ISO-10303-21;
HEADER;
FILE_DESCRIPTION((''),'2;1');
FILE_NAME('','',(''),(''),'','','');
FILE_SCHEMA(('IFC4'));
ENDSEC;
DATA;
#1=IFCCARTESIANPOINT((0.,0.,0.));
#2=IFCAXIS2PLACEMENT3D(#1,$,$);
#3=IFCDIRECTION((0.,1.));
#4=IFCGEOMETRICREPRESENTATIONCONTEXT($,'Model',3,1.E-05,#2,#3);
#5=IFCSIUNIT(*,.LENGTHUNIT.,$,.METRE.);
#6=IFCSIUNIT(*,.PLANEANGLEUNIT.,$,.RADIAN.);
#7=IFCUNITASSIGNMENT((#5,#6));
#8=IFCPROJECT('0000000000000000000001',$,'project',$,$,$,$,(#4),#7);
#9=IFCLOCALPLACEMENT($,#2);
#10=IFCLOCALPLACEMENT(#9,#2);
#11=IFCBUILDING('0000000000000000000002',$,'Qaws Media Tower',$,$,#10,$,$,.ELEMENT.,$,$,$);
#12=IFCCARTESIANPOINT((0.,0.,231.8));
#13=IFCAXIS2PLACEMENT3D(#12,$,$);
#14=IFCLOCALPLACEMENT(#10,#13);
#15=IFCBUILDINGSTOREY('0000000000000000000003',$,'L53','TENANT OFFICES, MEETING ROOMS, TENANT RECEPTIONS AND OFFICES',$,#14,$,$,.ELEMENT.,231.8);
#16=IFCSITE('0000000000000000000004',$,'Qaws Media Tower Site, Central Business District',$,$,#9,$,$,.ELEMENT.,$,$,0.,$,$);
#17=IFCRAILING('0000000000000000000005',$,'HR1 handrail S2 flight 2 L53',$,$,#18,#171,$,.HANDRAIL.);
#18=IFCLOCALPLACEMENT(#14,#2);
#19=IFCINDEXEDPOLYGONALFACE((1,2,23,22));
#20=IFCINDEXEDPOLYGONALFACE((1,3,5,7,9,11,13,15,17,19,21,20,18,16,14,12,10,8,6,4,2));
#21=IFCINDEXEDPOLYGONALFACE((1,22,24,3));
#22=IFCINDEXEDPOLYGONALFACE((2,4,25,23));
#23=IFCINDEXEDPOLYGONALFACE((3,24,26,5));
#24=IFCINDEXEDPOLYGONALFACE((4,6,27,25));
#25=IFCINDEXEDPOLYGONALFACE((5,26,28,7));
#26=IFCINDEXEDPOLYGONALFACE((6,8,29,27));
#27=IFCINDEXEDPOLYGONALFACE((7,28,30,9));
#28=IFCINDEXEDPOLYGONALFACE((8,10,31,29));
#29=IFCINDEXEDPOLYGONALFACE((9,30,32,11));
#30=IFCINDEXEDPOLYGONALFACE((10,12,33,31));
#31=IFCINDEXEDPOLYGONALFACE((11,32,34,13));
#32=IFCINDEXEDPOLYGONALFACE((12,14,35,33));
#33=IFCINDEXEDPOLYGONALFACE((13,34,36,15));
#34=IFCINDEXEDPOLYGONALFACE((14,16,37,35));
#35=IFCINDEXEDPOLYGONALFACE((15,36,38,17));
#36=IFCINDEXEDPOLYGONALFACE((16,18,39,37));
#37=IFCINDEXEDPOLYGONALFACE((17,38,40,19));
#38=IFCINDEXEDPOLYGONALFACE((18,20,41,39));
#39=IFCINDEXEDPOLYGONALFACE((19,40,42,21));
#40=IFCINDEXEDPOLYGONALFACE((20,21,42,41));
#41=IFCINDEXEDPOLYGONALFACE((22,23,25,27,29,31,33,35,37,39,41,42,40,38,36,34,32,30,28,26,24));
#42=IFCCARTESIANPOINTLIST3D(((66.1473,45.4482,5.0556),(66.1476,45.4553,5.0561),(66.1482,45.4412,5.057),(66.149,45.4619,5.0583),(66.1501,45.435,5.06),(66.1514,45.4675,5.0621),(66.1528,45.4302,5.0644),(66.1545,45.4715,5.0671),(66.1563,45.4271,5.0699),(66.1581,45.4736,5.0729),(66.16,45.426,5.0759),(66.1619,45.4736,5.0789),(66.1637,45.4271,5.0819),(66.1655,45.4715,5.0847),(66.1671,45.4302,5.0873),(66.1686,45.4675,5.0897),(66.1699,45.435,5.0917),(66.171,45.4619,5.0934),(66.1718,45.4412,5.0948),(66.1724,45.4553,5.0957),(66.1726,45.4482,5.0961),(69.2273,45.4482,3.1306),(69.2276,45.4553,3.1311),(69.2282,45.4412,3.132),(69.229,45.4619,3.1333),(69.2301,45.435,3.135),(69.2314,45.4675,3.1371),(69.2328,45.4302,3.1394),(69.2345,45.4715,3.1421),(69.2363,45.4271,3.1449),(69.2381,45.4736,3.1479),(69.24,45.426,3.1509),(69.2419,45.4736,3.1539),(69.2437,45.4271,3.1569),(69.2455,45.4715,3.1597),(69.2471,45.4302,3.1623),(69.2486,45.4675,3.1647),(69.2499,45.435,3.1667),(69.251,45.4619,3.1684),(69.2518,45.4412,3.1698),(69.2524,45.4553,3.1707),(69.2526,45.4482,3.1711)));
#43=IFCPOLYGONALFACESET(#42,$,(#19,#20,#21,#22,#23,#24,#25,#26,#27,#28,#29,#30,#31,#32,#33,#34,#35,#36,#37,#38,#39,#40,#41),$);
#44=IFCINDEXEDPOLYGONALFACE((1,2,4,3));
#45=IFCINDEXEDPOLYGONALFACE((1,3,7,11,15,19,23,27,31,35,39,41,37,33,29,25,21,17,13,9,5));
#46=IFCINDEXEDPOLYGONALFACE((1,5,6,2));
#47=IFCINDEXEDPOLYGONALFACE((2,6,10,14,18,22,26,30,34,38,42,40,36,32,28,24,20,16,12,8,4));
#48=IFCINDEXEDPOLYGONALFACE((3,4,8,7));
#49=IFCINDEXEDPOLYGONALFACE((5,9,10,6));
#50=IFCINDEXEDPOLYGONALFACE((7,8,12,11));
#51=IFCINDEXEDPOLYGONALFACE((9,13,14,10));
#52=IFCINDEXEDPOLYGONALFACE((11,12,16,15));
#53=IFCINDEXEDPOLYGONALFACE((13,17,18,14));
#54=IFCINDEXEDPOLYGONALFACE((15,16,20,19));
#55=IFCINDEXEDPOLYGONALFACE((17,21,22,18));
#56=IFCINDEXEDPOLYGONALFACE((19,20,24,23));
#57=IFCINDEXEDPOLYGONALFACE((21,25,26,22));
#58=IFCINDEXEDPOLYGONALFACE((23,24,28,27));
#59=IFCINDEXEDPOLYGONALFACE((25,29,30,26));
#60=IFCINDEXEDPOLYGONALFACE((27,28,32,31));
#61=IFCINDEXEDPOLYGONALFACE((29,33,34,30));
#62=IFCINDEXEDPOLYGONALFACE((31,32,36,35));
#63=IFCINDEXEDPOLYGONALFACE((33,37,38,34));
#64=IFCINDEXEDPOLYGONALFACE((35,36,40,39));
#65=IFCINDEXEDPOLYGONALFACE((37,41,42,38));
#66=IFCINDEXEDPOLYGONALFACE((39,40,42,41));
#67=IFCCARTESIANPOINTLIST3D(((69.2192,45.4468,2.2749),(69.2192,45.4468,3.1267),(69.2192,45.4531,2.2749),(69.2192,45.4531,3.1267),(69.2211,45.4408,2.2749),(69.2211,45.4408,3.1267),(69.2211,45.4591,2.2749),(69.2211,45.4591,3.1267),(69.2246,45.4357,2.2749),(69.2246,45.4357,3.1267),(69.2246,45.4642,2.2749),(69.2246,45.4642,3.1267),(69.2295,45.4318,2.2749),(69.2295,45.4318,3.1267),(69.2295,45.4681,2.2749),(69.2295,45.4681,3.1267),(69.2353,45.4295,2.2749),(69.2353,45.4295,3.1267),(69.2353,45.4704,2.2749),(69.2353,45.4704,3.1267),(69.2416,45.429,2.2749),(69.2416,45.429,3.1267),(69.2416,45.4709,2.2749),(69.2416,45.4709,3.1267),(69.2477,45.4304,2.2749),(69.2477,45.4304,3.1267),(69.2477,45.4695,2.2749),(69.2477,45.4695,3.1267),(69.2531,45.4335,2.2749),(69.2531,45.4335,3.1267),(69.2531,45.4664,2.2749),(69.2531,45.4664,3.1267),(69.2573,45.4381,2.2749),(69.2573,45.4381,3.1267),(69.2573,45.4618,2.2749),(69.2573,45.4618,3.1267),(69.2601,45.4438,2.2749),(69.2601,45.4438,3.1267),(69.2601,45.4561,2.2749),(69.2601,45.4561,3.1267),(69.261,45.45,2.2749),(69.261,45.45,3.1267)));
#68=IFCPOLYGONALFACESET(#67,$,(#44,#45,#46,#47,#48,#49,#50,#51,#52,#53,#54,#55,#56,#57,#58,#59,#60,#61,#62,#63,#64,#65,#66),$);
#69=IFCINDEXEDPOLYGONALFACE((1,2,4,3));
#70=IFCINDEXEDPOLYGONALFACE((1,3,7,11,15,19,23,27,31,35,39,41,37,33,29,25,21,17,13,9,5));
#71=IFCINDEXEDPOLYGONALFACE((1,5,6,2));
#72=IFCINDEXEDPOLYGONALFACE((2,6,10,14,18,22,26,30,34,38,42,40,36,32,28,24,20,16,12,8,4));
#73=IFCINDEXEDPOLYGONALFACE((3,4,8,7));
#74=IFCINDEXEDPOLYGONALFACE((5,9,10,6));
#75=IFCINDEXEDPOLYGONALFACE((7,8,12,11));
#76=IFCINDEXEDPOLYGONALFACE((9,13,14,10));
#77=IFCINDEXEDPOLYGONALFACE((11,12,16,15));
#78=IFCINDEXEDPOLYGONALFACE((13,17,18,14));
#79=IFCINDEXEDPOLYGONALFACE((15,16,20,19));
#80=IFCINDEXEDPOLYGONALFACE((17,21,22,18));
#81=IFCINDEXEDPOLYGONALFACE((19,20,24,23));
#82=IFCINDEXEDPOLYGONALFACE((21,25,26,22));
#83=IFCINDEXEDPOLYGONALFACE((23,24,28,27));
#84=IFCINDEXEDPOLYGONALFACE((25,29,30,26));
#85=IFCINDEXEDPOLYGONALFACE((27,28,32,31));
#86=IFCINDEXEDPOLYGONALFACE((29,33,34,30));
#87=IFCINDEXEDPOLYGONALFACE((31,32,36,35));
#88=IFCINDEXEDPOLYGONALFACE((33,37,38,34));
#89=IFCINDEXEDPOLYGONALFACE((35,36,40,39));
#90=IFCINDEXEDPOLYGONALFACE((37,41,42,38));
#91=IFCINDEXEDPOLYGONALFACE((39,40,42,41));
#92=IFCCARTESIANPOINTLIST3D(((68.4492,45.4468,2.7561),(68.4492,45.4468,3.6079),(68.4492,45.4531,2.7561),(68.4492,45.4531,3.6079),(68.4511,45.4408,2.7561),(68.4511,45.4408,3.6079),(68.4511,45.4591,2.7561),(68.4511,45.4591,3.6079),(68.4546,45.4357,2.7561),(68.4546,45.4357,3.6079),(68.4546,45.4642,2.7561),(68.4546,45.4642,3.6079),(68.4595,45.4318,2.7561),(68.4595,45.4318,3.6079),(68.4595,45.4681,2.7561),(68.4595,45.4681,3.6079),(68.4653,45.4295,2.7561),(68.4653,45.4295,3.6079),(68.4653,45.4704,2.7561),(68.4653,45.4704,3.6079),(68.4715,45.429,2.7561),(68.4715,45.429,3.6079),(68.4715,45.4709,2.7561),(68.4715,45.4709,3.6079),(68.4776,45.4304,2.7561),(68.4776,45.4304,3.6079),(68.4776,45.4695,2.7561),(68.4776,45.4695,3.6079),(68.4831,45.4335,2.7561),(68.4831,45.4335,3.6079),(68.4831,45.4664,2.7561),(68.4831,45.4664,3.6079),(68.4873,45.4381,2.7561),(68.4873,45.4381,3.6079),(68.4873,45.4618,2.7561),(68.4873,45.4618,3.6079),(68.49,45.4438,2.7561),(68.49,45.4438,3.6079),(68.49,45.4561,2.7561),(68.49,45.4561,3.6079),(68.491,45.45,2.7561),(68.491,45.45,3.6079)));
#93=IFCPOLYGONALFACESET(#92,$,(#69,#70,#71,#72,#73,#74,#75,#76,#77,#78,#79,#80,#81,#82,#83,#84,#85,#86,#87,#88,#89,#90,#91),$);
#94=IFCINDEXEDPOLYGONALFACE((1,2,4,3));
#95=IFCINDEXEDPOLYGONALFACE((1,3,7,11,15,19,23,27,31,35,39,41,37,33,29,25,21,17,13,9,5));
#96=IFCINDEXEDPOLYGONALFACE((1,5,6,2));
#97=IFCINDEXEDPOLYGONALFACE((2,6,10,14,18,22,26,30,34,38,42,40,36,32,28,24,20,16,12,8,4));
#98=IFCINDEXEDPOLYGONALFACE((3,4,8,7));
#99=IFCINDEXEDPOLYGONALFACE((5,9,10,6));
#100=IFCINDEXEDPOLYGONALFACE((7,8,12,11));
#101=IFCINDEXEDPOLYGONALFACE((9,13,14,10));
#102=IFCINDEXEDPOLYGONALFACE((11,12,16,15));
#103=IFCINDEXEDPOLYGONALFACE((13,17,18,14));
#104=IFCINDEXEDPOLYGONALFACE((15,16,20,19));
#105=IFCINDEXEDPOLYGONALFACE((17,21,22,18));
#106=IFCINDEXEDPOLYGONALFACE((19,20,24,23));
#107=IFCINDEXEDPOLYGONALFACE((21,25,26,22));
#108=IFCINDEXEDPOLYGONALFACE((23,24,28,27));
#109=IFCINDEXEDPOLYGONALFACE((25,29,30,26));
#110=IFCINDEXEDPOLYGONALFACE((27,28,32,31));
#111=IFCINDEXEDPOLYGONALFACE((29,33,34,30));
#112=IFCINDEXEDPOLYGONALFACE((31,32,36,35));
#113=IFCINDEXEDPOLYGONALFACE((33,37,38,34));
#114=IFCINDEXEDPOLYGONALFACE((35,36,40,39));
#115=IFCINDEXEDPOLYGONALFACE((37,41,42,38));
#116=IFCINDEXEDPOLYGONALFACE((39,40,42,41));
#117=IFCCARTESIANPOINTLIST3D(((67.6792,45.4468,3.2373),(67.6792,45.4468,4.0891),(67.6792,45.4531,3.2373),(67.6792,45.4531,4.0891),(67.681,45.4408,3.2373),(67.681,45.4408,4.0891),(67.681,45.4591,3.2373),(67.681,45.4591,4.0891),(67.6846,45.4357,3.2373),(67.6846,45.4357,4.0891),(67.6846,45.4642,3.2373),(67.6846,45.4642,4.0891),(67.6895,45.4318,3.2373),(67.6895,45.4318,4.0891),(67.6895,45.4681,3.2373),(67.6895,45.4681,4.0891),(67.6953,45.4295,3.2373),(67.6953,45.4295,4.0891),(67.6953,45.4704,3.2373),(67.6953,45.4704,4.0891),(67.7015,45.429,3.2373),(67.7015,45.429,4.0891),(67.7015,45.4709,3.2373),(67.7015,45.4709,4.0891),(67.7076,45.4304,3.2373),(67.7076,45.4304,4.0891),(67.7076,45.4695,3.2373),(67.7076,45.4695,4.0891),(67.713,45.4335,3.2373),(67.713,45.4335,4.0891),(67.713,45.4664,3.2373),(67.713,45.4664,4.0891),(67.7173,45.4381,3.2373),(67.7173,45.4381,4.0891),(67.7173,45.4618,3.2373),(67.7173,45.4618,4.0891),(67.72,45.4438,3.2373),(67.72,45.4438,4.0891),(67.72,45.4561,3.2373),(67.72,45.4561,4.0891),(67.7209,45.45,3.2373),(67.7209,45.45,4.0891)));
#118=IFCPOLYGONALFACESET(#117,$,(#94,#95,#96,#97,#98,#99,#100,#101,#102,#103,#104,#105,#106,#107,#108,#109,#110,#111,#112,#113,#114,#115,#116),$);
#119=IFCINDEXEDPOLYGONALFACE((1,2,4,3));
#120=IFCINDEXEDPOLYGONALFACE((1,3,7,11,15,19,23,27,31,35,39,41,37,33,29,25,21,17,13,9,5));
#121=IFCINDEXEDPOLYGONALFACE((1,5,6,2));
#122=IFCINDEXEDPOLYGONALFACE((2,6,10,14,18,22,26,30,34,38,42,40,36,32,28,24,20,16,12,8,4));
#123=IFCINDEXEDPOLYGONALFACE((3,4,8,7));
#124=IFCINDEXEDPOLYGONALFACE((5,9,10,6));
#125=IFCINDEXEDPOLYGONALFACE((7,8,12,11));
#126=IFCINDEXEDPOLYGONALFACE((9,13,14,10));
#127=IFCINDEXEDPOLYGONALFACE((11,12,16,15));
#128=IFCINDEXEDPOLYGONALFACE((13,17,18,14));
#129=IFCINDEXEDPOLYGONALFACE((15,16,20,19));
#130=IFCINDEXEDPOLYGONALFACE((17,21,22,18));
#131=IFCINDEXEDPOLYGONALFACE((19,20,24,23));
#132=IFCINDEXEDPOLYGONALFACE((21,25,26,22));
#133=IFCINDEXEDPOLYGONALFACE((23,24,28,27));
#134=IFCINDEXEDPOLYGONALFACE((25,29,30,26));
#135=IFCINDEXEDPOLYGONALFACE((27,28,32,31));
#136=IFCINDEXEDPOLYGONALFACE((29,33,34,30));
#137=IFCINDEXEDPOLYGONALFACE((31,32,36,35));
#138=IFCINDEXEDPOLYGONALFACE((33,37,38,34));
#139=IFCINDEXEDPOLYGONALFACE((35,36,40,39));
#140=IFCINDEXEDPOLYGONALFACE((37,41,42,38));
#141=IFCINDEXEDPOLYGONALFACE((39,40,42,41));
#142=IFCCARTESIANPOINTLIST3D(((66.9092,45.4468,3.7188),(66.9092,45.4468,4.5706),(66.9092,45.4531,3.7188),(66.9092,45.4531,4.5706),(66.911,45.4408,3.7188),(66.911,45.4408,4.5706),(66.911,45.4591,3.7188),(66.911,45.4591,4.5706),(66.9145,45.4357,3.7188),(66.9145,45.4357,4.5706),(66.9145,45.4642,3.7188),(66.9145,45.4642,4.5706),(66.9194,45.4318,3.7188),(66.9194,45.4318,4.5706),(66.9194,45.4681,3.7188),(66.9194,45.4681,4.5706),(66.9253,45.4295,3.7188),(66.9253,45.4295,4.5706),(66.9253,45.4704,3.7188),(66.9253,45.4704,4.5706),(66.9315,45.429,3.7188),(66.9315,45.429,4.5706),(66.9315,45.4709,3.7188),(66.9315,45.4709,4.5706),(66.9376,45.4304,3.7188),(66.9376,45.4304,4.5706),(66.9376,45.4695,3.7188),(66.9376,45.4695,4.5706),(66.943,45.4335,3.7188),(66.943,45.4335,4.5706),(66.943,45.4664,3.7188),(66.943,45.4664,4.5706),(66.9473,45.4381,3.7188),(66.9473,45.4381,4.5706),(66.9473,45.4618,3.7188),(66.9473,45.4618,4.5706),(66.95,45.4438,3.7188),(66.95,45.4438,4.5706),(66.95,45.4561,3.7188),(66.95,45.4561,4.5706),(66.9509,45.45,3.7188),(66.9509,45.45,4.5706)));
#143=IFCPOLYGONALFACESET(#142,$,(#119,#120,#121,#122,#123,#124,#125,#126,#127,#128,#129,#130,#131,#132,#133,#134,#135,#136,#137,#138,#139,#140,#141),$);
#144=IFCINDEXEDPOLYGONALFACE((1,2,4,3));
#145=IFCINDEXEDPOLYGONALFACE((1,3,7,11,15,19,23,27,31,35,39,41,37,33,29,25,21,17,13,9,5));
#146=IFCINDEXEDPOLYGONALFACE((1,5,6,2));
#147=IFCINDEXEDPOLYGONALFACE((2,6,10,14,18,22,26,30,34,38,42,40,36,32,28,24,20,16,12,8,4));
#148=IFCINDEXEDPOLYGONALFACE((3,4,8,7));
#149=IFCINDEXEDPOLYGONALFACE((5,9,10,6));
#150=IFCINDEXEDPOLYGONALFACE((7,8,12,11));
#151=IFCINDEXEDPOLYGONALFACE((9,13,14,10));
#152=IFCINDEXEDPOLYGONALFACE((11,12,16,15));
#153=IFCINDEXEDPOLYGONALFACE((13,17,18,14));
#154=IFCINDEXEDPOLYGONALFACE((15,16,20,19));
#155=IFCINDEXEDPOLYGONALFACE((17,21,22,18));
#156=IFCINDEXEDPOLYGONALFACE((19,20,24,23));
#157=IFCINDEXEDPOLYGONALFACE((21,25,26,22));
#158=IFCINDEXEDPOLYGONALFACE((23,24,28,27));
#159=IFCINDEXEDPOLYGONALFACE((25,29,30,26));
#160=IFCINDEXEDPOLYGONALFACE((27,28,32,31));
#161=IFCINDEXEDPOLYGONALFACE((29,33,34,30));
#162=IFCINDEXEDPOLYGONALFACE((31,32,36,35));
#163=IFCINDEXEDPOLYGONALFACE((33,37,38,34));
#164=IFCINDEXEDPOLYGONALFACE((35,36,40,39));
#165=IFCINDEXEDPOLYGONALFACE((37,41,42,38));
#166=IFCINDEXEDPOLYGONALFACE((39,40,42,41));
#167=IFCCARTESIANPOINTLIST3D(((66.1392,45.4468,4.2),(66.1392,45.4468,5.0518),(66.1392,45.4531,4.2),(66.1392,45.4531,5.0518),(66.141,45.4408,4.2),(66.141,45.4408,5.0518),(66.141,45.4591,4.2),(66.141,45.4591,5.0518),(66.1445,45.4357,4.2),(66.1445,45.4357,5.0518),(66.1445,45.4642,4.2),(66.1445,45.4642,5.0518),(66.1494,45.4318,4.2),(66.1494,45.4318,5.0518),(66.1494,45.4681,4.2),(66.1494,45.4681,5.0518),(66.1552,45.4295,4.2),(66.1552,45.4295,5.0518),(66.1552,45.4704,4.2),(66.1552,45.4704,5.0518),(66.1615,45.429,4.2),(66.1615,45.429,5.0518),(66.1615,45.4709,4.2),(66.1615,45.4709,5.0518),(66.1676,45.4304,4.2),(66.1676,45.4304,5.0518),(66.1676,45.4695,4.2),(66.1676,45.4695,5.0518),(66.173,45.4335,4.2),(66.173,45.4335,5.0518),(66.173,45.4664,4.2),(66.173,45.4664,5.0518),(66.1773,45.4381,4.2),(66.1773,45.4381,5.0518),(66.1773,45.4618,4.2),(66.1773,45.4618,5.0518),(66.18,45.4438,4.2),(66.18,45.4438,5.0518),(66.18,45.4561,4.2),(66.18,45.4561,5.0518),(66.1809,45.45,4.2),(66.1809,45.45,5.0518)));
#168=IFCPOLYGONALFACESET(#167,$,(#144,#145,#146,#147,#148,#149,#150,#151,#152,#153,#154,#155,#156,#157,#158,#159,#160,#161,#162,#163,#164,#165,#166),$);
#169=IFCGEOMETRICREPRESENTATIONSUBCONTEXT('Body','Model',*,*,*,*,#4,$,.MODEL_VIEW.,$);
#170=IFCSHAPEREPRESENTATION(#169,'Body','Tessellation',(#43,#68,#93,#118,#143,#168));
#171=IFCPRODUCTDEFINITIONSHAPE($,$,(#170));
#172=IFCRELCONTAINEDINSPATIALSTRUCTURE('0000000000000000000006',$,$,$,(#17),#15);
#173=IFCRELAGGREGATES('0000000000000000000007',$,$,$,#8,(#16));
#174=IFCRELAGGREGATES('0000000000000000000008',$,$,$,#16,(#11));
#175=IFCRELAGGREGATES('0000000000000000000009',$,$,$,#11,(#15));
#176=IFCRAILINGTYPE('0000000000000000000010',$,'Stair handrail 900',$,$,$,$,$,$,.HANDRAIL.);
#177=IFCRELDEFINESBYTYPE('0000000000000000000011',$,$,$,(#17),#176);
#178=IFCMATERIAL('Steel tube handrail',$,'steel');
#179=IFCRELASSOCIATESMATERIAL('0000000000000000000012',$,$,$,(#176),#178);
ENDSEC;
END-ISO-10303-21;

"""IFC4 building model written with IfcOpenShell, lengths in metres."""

from ifc_helpers import new_model, si_unit, direction, frame, origin, origin_2d, place, context, subcontext, project, spatial, circle, extrude, material, type_object, element, save


model = new_model("IFC4")

# Units and contexts
model_context = context("Model", 3, precision=1e-05, world=origin(), true_north=direction((0.0, 1.0)))
body_context = subcontext(model_context, "Body", "Model", "MODEL_VIEW")
ifc_project = project(units=[si_unit("LENGTHUNIT", "METRE"), si_unit("PLANEANGLEUNIT", "RADIAN")], contexts=[model_context])

# Site, building, storey
site_placement = place(None, origin())
site = spatial("IfcSite", under=ifc_project, at=site_placement, Name="Qaws Media Tower Site, Central Business District", CompositionType="ELEMENT", RefElevation=0.0)
building_placement = place(site_placement, origin())
building = spatial("IfcBuilding", under=site, at=building_placement, Name="Qaws Media Tower", CompositionType="ELEMENT")
storey_placement = place(building_placement, frame((0.0, 0.0, 231.8)))
storey = spatial("IfcBuildingStorey", under=building, at=storey_placement, Name="L53", Description="TENANT OFFICES, MEETING ROOMS, TENANT RECEPTIONS AND OFFICES", CompositionType="ELEMENT", Elevation=231.8)

# Railing
ifc_material_1 = material(Name="Steel tube handrail", Category="steel")
railing_type = type_object("IfcRailingType", Name="Stair handrail 900", PredefinedType="HANDRAIL", material=ifc_material_1)
for number, where, name in (
    (1, (69.24, 45.45, 2.2749), "HR1 handrail S2 flight 2 L53"),
):
    element("IfcRailing", number, at=place(storey_placement, frame(where)), inside=storey, type_object=railing_type, Name=name, PredefinedType="HANDRAIL", context=body_context, shape_type="SweptSolid", body=[
        extrude(circle(Radius=0.0239, at=origin_2d()), frame((0.0, 0.0, 0.876), z_axis=(-0.847998, 0.0, 0.529999), x_axis=(0.0, -1.0, 0.0)), (0.0, 0.0, 1.0), 3.6321),
        extrude(circle(Radius=0.021, at=origin_2d()), origin(), (0.0, 0.0, 1.0), 0.8518),
        extrude(circle(Radius=0.021, at=origin_2d()), frame((-0.77, 0.0, 0.4812)), (0.0, 0.0, 1.0), 0.8518),
        extrude(circle(Radius=0.021, at=origin_2d()), frame((-1.54, 0.0, 0.9624)), (0.0, 0.0, 1.0), 0.8518),
        extrude(circle(Radius=0.021, at=origin_2d()), frame((-2.3101, 0.0, 1.4438)), (0.0, 0.0, 1.0), 0.8518),
        extrude(circle(Radius=0.021, at=origin_2d()), frame((-3.0801, 0.0, 1.925)), (0.0, 0.0, 1.0), 0.8518),
    ])

save(model, "model.ifc")
